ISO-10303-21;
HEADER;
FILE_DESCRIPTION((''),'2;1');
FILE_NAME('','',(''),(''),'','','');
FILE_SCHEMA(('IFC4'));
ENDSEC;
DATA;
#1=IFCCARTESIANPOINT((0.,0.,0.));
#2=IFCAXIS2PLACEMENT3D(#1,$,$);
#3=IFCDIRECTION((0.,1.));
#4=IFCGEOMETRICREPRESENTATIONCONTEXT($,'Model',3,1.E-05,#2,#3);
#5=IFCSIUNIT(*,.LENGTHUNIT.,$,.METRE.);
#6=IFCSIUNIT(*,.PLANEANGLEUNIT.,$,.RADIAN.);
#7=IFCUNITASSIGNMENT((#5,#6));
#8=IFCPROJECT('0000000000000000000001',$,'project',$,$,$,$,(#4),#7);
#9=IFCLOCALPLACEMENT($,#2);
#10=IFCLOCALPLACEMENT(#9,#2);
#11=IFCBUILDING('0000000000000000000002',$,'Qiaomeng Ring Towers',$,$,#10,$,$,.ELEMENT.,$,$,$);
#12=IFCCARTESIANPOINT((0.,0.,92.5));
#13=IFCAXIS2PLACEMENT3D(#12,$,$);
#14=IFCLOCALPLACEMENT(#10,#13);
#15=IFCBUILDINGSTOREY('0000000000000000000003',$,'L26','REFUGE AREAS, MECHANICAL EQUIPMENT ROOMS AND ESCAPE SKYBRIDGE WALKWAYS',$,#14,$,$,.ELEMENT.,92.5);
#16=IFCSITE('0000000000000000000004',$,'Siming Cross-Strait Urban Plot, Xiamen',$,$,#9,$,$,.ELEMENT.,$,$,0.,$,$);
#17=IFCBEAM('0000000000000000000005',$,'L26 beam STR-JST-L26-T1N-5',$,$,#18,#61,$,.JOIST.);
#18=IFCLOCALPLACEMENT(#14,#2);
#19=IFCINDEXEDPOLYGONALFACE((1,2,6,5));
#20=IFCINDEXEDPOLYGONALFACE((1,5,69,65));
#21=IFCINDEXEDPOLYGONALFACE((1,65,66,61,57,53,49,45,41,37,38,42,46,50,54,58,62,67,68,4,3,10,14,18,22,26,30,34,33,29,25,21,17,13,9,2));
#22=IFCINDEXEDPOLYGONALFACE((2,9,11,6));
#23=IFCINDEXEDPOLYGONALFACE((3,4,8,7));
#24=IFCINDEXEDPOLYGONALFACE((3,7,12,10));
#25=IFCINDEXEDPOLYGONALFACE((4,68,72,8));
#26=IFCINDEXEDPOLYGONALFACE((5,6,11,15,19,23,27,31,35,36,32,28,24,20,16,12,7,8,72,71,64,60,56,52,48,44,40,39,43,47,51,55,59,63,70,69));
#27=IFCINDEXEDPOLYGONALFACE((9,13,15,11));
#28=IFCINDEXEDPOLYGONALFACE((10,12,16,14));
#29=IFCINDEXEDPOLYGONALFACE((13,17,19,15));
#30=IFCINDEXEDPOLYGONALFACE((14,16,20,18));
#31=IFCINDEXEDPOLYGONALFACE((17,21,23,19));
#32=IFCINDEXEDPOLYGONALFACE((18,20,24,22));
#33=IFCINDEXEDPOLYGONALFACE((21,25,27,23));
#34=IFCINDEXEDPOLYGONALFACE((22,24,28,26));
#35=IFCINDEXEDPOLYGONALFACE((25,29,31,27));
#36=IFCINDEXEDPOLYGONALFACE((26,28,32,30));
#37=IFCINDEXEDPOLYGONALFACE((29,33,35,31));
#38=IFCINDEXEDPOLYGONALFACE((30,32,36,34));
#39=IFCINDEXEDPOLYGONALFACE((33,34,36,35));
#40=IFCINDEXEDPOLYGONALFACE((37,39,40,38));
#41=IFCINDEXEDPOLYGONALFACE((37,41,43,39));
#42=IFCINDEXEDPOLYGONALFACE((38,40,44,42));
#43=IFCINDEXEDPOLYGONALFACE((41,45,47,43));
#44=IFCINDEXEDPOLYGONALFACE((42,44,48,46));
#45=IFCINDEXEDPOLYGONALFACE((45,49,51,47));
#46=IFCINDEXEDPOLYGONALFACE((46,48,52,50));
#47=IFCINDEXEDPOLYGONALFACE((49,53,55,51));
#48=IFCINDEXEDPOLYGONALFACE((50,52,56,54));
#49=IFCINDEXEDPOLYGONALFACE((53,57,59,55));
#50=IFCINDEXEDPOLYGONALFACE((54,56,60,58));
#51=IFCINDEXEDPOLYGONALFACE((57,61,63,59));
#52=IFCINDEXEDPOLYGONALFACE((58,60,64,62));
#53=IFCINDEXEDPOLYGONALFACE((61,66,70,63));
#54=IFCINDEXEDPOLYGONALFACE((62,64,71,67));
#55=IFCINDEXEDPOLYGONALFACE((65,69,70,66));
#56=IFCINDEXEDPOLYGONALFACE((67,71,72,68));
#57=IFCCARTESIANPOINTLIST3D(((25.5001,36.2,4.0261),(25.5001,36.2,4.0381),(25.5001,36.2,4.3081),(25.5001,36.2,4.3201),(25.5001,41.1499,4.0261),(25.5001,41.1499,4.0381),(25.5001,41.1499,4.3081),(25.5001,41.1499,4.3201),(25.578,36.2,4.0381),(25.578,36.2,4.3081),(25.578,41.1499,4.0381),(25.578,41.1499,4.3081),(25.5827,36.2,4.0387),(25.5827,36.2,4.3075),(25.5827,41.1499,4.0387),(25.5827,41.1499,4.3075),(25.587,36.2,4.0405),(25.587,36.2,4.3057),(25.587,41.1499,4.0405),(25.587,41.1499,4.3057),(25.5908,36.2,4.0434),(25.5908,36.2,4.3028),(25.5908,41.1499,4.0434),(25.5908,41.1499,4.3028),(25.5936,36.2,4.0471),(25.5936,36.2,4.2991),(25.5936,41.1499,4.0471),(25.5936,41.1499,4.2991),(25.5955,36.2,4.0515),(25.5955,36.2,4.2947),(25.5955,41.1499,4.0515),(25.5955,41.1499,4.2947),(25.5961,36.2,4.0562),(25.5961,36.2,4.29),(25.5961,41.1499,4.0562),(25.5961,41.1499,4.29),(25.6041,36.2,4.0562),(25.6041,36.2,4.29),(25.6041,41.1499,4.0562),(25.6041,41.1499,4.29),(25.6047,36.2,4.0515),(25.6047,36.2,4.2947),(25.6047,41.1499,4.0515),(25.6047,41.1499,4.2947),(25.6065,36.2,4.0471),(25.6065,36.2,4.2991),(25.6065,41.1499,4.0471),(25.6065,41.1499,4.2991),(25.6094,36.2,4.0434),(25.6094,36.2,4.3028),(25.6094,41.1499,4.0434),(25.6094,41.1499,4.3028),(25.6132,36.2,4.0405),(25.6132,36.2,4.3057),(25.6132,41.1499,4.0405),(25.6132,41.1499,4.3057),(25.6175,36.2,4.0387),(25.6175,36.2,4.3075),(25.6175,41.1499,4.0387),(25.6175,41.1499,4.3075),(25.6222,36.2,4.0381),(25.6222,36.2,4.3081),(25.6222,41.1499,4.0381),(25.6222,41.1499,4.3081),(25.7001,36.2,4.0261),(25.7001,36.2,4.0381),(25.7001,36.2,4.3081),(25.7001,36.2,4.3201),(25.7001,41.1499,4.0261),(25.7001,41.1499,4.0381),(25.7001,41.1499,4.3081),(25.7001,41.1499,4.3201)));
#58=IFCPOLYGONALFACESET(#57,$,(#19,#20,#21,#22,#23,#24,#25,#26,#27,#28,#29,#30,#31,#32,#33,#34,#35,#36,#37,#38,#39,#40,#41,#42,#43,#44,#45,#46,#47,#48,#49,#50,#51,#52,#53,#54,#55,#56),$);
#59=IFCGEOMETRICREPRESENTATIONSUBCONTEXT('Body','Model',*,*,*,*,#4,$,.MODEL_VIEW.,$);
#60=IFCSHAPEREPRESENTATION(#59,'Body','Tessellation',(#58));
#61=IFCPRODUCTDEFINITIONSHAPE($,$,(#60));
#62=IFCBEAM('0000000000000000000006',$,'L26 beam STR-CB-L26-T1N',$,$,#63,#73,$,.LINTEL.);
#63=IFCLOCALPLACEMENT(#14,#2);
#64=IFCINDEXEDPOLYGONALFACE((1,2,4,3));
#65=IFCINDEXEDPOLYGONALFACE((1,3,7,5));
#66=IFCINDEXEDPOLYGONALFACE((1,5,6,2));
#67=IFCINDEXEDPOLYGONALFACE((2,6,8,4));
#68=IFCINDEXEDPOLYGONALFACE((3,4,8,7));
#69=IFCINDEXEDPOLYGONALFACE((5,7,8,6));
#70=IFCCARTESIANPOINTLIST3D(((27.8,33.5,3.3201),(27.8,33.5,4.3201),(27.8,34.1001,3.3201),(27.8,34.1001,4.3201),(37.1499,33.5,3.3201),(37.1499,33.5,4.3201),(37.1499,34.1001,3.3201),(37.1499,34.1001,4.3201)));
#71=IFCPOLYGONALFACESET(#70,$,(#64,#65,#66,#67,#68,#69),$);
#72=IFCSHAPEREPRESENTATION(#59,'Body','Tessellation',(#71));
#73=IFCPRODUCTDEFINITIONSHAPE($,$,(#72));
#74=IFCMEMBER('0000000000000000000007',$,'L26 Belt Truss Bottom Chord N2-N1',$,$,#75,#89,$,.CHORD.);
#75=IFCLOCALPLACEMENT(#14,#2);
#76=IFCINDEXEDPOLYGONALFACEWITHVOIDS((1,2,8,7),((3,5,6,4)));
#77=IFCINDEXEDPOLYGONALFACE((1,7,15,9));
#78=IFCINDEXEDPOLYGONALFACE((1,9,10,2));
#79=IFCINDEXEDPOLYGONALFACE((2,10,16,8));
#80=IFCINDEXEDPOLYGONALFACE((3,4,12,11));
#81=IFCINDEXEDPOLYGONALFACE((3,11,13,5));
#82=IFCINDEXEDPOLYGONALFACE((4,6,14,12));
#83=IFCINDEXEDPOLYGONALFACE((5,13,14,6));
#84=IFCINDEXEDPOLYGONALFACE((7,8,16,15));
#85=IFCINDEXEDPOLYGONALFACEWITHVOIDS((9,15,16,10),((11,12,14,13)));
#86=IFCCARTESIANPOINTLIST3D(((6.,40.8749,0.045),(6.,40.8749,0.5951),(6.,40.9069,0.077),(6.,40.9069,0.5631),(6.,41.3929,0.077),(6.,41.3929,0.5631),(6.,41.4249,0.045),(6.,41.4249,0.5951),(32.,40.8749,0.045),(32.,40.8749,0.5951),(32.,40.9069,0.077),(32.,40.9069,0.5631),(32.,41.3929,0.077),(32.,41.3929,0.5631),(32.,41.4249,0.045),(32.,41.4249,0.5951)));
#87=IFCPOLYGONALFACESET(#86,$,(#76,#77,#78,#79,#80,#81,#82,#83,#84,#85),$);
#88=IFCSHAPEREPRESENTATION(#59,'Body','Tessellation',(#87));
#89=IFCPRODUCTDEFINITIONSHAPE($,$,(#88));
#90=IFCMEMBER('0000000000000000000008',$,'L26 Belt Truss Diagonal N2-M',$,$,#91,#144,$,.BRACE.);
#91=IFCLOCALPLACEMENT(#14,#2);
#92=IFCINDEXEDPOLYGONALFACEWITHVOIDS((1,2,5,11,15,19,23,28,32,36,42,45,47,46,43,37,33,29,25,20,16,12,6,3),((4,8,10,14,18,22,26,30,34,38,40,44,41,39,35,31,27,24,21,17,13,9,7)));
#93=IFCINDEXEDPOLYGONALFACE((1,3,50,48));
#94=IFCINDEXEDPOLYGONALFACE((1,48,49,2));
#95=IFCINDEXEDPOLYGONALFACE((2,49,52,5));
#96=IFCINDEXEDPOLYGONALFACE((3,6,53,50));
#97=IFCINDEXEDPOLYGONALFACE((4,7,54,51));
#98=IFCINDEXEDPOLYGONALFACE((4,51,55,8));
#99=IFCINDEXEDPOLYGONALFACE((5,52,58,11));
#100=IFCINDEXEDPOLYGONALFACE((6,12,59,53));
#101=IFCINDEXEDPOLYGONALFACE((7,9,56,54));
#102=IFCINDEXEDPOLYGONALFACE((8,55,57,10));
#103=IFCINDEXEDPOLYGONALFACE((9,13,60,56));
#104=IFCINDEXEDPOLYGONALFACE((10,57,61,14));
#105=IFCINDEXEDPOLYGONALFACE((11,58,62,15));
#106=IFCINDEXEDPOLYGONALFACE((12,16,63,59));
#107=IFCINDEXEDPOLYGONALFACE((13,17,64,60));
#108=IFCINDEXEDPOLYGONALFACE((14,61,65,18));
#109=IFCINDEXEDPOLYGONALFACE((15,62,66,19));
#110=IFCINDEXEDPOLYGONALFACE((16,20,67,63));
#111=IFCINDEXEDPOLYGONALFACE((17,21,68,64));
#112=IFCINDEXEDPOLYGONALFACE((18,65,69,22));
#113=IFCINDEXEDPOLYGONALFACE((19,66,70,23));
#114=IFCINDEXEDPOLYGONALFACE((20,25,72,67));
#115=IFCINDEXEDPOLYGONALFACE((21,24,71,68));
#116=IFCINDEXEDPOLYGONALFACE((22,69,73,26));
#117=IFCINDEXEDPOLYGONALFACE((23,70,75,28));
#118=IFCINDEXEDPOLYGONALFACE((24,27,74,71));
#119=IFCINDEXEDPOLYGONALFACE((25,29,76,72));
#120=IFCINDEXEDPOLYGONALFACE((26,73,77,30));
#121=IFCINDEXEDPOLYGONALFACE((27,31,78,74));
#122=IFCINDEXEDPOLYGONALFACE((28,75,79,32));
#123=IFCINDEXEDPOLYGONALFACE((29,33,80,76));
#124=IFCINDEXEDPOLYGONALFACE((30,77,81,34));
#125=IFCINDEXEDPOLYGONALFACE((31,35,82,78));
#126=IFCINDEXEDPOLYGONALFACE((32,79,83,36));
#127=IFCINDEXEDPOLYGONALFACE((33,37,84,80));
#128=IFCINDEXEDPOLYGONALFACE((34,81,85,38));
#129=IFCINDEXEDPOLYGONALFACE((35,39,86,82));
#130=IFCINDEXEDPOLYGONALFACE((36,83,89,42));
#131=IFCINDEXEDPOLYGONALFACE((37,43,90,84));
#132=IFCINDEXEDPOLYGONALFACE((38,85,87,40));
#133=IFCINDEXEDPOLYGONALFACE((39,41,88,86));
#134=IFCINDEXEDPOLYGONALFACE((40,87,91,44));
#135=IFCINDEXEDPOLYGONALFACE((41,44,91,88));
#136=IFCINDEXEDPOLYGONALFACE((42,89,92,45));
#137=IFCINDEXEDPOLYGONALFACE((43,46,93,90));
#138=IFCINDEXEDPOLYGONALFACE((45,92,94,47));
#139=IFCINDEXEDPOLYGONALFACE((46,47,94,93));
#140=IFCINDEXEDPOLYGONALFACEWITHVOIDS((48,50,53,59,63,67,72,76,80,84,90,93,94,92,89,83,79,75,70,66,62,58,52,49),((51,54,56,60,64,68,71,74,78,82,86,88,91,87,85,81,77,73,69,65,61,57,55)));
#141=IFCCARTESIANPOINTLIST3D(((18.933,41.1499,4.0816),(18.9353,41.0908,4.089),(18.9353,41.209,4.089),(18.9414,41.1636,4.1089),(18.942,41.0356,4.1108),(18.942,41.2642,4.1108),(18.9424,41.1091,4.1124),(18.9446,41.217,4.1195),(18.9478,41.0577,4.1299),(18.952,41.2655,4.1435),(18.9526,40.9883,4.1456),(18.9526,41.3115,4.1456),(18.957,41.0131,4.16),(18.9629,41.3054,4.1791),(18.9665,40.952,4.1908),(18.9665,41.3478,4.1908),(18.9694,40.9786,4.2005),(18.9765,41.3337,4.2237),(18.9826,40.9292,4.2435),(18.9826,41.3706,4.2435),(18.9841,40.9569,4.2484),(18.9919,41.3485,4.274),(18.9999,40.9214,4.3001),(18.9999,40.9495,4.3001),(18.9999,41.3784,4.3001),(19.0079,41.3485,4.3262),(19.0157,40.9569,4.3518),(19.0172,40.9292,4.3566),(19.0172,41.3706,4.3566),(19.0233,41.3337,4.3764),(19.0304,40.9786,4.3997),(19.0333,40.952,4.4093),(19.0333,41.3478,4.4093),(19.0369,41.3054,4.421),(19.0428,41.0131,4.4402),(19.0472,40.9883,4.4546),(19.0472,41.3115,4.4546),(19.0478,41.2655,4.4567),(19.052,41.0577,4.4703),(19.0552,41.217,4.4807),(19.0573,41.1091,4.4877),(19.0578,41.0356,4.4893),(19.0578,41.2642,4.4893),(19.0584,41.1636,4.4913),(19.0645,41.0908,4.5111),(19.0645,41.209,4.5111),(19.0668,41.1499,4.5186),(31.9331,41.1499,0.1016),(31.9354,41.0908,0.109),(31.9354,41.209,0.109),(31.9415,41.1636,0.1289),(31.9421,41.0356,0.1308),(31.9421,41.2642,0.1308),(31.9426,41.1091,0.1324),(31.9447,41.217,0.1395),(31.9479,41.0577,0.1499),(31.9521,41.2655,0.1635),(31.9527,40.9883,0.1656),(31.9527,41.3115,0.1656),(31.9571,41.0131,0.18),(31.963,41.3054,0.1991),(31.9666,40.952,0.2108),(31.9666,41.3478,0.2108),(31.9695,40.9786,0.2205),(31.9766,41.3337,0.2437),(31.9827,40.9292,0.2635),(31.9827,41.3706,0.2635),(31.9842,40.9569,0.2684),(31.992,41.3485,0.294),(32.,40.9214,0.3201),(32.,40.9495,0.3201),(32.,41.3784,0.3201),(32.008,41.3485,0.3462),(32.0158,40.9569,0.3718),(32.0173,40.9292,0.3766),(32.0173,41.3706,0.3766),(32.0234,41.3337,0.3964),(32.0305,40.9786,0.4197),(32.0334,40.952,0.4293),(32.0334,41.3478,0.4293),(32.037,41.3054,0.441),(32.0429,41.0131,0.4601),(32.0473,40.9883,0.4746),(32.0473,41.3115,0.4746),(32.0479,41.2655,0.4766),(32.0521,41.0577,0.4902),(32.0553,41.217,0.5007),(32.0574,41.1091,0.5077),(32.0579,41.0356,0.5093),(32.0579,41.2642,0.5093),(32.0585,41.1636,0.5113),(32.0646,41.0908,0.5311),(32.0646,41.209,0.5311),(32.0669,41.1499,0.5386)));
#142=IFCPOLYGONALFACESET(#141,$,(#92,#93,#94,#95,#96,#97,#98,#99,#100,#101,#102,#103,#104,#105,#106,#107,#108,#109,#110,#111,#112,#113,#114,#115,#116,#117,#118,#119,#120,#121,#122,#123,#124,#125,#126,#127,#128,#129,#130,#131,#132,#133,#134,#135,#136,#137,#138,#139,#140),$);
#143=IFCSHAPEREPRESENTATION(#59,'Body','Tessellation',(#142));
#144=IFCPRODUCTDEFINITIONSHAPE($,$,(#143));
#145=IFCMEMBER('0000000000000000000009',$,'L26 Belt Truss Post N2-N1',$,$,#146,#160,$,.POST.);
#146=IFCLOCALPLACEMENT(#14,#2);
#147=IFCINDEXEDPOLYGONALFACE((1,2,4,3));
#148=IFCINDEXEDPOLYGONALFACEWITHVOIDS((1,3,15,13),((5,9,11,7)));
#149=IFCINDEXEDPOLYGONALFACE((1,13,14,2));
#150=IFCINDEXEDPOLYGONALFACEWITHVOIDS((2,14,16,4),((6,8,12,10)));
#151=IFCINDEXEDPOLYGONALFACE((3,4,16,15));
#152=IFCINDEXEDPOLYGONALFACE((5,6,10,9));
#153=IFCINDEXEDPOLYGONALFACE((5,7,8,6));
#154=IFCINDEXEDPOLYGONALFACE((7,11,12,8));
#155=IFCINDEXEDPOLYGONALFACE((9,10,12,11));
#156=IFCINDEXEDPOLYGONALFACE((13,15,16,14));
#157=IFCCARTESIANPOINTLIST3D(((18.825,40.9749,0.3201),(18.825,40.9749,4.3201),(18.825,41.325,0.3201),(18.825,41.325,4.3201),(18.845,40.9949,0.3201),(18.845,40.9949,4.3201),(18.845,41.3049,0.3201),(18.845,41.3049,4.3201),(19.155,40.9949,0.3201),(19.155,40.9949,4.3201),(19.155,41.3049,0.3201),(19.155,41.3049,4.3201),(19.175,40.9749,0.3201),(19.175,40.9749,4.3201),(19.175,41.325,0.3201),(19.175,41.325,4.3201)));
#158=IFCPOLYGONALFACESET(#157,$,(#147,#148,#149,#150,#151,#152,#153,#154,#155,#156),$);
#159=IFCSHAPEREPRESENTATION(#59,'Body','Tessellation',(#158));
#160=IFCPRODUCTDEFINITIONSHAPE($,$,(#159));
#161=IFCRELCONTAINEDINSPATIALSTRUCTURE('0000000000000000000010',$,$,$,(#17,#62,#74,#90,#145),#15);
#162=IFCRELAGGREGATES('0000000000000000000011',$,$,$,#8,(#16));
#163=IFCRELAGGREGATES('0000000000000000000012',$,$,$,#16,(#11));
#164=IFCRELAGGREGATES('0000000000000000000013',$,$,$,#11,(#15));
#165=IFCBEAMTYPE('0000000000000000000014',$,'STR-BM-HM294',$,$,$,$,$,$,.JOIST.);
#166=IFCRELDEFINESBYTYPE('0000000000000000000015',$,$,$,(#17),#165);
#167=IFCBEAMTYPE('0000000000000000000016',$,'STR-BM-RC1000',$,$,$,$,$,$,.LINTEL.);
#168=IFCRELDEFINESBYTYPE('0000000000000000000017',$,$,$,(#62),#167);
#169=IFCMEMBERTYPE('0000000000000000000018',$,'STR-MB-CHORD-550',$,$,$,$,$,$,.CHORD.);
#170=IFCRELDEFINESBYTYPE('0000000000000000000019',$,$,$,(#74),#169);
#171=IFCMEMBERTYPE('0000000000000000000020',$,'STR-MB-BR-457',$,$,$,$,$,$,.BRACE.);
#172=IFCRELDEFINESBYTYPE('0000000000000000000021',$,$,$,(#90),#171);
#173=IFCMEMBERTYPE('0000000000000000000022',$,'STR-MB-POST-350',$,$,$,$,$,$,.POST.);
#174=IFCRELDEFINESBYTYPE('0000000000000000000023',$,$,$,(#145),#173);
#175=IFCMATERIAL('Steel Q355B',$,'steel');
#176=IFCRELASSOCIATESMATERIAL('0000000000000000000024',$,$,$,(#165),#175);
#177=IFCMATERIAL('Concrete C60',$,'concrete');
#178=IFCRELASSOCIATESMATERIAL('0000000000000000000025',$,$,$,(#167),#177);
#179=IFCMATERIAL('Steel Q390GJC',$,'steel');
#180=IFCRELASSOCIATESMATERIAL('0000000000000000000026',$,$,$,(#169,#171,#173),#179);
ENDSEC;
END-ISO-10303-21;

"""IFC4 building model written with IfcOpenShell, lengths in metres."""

from ifc_helpers import new_model, si_unit, direction, frame, origin, origin_2d, place, context, subcontext, project, spatial, rectangle, hollow_rectangle, hollow_circle, i_section, extrude, source, transform, mapped, material, material_profile, profile_set, type_object, element, save


model = new_model("IFC4")

# Units and contexts
model_context = context("Model", 3, precision=1e-05, world=origin(), true_north=direction((0.0, 1.0)))
body_context = subcontext(model_context, "Body", "Model", "MODEL_VIEW")
ifc_project = project(units=[si_unit("LENGTHUNIT", "METRE"), si_unit("PLANEANGLEUNIT", "RADIAN")], contexts=[model_context])

# Site, building, storey
site_placement = place(None, origin())
site = spatial("IfcSite", under=ifc_project, at=site_placement, Name="Siming Cross-Strait Urban Plot, Xiamen", CompositionType="ELEMENT", RefElevation=0.0)
building_placement = place(site_placement, origin())
building = spatial("IfcBuilding", under=site, at=building_placement, Name="Qiaomeng Ring Towers", CompositionType="ELEMENT")
storey_placement = place(building_placement, frame((0.0, 0.0, 92.5)))
storey = spatial("IfcBuildingStorey", under=building, at=storey_placement, Name="L26", Description="REFUGE AREAS, MECHANICAL EQUIPMENT ROOMS AND ESCAPE SKYBRIDGE WALKWAYS", CompositionType="ELEMENT", Elevation=92.5)

# Shared definitions
ifc_material_1 = material(Name="Concrete C60", Category="concrete")

# Beams
ifc_material_2 = material(Name="Steel Q355B", Category="steel")
ifc_material_profile_1 = material_profile(ifc_material_2, i_section(OverallWidth=0.2, OverallDepth=0.2939, WebThickness=0.0081, FlangeThickness=0.012, FilletRadius=0.0181, at=origin_2d()), Name="HM 294x200x8x12")
ifc_profile_set_1 = profile_set([ifc_material_profile_1], Name="Steel Q355B")
beam_type_1 = type_object("IfcBeamType", Name="STR-BM-HM294", PredefinedType="JOIST", material=ifc_profile_set_1)
shared_shape_1 = source(origin(), body_context, "Body", "SweptSolid", [
    extrude(i_section(OverallWidth=0.2, OverallDepth=0.2939, WebThickness=0.0081, FlangeThickness=0.012, FilletRadius=0.0181, at=origin_2d()), origin(), (0.0, 0.0, 1.0), 4.95),
])
for number, where, z_axis, x_axis, name in (
    (1, (25.6001, 36.2, 4.1731), (0.0, 1.0, 0.0), (-1.0, 0.0, 0.0), "L26 beam STR-JST-L26-T1N-5"),
):
    element("IfcBeam", number, at=place(storey_placement, frame(where, z_axis=z_axis, x_axis=x_axis)), inside=storey, type_object=beam_type_1, Name=name, PredefinedType="JOIST", context=body_context, shape_type="MappedRepresentation", body=[
        mapped(shared_shape_1, transform((0.0, 0.0, 0.0), x_axis=(1.0, 0.0, 0.0), y_axis=(0.0, 1.0, 0.0), z_axis=(0.0, 0.0, 1.0), scale=1.0)),
    ])
ifc_material_profile_2 = material_profile(ifc_material_1, rectangle(XDim=0.6001, YDim=1.0, at=origin_2d()), Name="RC BM 600x1000")
ifc_profile_set_2 = profile_set([ifc_material_profile_2], Name="Concrete C60")
beam_type_2 = type_object("IfcBeamType", Name="STR-BM-RC1000", PredefinedType="LINTEL", material=ifc_profile_set_2)
shared_shape_2 = source(origin(), body_context, "Body", "SweptSolid", [
    extrude(rectangle(XDim=0.6001, YDim=1.0, at=origin_2d()), origin(), (0.0, 0.0, 1.0), 9.3499),
])
beam_1_placement = place(storey_placement, frame((27.8, 33.8, 3.8201), z_axis=(1.0, 0.0, 0.0), x_axis=(0.0, 1.0, 0.0)))
element("IfcBeam", 2, at=beam_1_placement, inside=storey, type_object=beam_type_2, Name="L26 beam STR-CB-L26-T1N", PredefinedType="LINTEL", context=body_context, shape_type="MappedRepresentation", body=[
    mapped(shared_shape_2, transform((0.0, 0.0, 0.0), x_axis=(1.0, 0.0, 0.0), y_axis=(0.0, 1.0, 0.0), z_axis=(0.0, 0.0, 1.0), scale=1.0)),
])

# Members
ifc_material_3 = material(Name="Steel Q390GJC", Category="steel")
ifc_material_profile_3 = material_profile(ifc_material_3, hollow_rectangle(XDim=0.55, YDim=0.55, WallThickness=0.032, at=origin_2d()), Name="SHS 550x550x32")
ifc_profile_set_3 = profile_set([ifc_material_profile_3], Name="Steel Q390GJC")
member_type_1 = type_object("IfcMemberType", Name="STR-MB-CHORD-550", PredefinedType="CHORD", material=ifc_profile_set_3)
shared_shape_3 = source(origin(), body_context, "Body", "SweptSolid", [
    extrude(hollow_rectangle(XDim=0.55, YDim=0.55, WallThickness=0.032, at=origin_2d()), origin(), (0.0, 0.0, 1.0), 26.0),
])
member_1_placement = place(storey_placement, frame((32.0, 41.1499, 0.3201), z_axis=(-1.0, 0.0, 0.0), x_axis=(0.0, -1.0, 0.0)))
element("IfcMember", 3, at=member_1_placement, inside=storey, type_object=member_type_1, Name="L26 Belt Truss Bottom Chord N2-N1", PredefinedType="CHORD", context=body_context, shape_type="MappedRepresentation", body=[
    mapped(shared_shape_3, transform((0.0, 0.0, 0.0), x_axis=(1.0, 0.0, 0.0), y_axis=(0.0, 1.0, 0.0), z_axis=(0.0, 0.0, 1.0), scale=1.0)),
])
ifc_material_profile_4 = material_profile(ifc_material_3, hollow_circle(Radius=0.2285, WallThickness=0.0281, at=origin_2d()), Name="CHS 457x28")
ifc_profile_set_4 = profile_set([ifc_material_profile_4], Name="Steel Q390GJC")
member_type_2 = type_object("IfcMemberType", Name="STR-MB-BR-457", PredefinedType="BRACE", material=ifc_profile_set_4)
shared_shape_4 = source(origin(), body_context, "Body", "SweptSolid", [
    extrude(hollow_circle(Radius=0.2285, WallThickness=0.0281, at=origin_2d()), origin(), (0.0, 0.0, 1.0), 13.5957),
])
member_2_placement = place(storey_placement, frame((32.0, 41.1499, 0.3201), z_axis=(-0.956192, 0.0, 0.29274), x_axis=(0.0, -1.0, 0.0)))
element("IfcMember", 4, at=member_2_placement, inside=storey, type_object=member_type_2, Name="L26 Belt Truss Diagonal N2-M", PredefinedType="BRACE", context=body_context, shape_type="MappedRepresentation", body=[
    mapped(shared_shape_4, transform((0.0, 0.0, 0.0), x_axis=(1.0, 0.0, 0.0), y_axis=(0.0, 1.0, 0.0), z_axis=(0.0, 0.0, 1.0), scale=1.0)),
])
ifc_material_profile_5 = material_profile(ifc_material_3, hollow_rectangle(XDim=0.3501, YDim=0.3501, WallThickness=0.02, at=origin_2d()), Name="SHS 350x350x20")
ifc_profile_set_5 = profile_set([ifc_material_profile_5], Name="Steel Q390GJC")
member_type_3 = type_object("IfcMemberType", Name="STR-MB-POST-350", PredefinedType="POST", material=ifc_profile_set_5)
shared_shape_5 = source(origin(), body_context, "Body", "SweptSolid", [
    extrude(hollow_rectangle(XDim=0.3501, YDim=0.3501, WallThickness=0.02, at=origin_2d()), origin(), (0.0, 0.0, 1.0), 4.0),
])
member_3_placement = place(storey_placement, frame((19.0, 41.1499, 0.3201), z_axis=(0.0, 0.0, 1.0), x_axis=(1.0, 0.0, 0.0)))
element("IfcMember", 5, at=member_3_placement, inside=storey, type_object=member_type_3, Name="L26 Belt Truss Post N2-N1", PredefinedType="POST", context=body_context, shape_type="MappedRepresentation", body=[
    mapped(shared_shape_5, transform((0.0, 0.0, 0.0), x_axis=(1.0, 0.0, 0.0), y_axis=(0.0, 1.0, 0.0), z_axis=(0.0, 0.0, 1.0), scale=1.0)),
])

save(model, "model.ifc")
